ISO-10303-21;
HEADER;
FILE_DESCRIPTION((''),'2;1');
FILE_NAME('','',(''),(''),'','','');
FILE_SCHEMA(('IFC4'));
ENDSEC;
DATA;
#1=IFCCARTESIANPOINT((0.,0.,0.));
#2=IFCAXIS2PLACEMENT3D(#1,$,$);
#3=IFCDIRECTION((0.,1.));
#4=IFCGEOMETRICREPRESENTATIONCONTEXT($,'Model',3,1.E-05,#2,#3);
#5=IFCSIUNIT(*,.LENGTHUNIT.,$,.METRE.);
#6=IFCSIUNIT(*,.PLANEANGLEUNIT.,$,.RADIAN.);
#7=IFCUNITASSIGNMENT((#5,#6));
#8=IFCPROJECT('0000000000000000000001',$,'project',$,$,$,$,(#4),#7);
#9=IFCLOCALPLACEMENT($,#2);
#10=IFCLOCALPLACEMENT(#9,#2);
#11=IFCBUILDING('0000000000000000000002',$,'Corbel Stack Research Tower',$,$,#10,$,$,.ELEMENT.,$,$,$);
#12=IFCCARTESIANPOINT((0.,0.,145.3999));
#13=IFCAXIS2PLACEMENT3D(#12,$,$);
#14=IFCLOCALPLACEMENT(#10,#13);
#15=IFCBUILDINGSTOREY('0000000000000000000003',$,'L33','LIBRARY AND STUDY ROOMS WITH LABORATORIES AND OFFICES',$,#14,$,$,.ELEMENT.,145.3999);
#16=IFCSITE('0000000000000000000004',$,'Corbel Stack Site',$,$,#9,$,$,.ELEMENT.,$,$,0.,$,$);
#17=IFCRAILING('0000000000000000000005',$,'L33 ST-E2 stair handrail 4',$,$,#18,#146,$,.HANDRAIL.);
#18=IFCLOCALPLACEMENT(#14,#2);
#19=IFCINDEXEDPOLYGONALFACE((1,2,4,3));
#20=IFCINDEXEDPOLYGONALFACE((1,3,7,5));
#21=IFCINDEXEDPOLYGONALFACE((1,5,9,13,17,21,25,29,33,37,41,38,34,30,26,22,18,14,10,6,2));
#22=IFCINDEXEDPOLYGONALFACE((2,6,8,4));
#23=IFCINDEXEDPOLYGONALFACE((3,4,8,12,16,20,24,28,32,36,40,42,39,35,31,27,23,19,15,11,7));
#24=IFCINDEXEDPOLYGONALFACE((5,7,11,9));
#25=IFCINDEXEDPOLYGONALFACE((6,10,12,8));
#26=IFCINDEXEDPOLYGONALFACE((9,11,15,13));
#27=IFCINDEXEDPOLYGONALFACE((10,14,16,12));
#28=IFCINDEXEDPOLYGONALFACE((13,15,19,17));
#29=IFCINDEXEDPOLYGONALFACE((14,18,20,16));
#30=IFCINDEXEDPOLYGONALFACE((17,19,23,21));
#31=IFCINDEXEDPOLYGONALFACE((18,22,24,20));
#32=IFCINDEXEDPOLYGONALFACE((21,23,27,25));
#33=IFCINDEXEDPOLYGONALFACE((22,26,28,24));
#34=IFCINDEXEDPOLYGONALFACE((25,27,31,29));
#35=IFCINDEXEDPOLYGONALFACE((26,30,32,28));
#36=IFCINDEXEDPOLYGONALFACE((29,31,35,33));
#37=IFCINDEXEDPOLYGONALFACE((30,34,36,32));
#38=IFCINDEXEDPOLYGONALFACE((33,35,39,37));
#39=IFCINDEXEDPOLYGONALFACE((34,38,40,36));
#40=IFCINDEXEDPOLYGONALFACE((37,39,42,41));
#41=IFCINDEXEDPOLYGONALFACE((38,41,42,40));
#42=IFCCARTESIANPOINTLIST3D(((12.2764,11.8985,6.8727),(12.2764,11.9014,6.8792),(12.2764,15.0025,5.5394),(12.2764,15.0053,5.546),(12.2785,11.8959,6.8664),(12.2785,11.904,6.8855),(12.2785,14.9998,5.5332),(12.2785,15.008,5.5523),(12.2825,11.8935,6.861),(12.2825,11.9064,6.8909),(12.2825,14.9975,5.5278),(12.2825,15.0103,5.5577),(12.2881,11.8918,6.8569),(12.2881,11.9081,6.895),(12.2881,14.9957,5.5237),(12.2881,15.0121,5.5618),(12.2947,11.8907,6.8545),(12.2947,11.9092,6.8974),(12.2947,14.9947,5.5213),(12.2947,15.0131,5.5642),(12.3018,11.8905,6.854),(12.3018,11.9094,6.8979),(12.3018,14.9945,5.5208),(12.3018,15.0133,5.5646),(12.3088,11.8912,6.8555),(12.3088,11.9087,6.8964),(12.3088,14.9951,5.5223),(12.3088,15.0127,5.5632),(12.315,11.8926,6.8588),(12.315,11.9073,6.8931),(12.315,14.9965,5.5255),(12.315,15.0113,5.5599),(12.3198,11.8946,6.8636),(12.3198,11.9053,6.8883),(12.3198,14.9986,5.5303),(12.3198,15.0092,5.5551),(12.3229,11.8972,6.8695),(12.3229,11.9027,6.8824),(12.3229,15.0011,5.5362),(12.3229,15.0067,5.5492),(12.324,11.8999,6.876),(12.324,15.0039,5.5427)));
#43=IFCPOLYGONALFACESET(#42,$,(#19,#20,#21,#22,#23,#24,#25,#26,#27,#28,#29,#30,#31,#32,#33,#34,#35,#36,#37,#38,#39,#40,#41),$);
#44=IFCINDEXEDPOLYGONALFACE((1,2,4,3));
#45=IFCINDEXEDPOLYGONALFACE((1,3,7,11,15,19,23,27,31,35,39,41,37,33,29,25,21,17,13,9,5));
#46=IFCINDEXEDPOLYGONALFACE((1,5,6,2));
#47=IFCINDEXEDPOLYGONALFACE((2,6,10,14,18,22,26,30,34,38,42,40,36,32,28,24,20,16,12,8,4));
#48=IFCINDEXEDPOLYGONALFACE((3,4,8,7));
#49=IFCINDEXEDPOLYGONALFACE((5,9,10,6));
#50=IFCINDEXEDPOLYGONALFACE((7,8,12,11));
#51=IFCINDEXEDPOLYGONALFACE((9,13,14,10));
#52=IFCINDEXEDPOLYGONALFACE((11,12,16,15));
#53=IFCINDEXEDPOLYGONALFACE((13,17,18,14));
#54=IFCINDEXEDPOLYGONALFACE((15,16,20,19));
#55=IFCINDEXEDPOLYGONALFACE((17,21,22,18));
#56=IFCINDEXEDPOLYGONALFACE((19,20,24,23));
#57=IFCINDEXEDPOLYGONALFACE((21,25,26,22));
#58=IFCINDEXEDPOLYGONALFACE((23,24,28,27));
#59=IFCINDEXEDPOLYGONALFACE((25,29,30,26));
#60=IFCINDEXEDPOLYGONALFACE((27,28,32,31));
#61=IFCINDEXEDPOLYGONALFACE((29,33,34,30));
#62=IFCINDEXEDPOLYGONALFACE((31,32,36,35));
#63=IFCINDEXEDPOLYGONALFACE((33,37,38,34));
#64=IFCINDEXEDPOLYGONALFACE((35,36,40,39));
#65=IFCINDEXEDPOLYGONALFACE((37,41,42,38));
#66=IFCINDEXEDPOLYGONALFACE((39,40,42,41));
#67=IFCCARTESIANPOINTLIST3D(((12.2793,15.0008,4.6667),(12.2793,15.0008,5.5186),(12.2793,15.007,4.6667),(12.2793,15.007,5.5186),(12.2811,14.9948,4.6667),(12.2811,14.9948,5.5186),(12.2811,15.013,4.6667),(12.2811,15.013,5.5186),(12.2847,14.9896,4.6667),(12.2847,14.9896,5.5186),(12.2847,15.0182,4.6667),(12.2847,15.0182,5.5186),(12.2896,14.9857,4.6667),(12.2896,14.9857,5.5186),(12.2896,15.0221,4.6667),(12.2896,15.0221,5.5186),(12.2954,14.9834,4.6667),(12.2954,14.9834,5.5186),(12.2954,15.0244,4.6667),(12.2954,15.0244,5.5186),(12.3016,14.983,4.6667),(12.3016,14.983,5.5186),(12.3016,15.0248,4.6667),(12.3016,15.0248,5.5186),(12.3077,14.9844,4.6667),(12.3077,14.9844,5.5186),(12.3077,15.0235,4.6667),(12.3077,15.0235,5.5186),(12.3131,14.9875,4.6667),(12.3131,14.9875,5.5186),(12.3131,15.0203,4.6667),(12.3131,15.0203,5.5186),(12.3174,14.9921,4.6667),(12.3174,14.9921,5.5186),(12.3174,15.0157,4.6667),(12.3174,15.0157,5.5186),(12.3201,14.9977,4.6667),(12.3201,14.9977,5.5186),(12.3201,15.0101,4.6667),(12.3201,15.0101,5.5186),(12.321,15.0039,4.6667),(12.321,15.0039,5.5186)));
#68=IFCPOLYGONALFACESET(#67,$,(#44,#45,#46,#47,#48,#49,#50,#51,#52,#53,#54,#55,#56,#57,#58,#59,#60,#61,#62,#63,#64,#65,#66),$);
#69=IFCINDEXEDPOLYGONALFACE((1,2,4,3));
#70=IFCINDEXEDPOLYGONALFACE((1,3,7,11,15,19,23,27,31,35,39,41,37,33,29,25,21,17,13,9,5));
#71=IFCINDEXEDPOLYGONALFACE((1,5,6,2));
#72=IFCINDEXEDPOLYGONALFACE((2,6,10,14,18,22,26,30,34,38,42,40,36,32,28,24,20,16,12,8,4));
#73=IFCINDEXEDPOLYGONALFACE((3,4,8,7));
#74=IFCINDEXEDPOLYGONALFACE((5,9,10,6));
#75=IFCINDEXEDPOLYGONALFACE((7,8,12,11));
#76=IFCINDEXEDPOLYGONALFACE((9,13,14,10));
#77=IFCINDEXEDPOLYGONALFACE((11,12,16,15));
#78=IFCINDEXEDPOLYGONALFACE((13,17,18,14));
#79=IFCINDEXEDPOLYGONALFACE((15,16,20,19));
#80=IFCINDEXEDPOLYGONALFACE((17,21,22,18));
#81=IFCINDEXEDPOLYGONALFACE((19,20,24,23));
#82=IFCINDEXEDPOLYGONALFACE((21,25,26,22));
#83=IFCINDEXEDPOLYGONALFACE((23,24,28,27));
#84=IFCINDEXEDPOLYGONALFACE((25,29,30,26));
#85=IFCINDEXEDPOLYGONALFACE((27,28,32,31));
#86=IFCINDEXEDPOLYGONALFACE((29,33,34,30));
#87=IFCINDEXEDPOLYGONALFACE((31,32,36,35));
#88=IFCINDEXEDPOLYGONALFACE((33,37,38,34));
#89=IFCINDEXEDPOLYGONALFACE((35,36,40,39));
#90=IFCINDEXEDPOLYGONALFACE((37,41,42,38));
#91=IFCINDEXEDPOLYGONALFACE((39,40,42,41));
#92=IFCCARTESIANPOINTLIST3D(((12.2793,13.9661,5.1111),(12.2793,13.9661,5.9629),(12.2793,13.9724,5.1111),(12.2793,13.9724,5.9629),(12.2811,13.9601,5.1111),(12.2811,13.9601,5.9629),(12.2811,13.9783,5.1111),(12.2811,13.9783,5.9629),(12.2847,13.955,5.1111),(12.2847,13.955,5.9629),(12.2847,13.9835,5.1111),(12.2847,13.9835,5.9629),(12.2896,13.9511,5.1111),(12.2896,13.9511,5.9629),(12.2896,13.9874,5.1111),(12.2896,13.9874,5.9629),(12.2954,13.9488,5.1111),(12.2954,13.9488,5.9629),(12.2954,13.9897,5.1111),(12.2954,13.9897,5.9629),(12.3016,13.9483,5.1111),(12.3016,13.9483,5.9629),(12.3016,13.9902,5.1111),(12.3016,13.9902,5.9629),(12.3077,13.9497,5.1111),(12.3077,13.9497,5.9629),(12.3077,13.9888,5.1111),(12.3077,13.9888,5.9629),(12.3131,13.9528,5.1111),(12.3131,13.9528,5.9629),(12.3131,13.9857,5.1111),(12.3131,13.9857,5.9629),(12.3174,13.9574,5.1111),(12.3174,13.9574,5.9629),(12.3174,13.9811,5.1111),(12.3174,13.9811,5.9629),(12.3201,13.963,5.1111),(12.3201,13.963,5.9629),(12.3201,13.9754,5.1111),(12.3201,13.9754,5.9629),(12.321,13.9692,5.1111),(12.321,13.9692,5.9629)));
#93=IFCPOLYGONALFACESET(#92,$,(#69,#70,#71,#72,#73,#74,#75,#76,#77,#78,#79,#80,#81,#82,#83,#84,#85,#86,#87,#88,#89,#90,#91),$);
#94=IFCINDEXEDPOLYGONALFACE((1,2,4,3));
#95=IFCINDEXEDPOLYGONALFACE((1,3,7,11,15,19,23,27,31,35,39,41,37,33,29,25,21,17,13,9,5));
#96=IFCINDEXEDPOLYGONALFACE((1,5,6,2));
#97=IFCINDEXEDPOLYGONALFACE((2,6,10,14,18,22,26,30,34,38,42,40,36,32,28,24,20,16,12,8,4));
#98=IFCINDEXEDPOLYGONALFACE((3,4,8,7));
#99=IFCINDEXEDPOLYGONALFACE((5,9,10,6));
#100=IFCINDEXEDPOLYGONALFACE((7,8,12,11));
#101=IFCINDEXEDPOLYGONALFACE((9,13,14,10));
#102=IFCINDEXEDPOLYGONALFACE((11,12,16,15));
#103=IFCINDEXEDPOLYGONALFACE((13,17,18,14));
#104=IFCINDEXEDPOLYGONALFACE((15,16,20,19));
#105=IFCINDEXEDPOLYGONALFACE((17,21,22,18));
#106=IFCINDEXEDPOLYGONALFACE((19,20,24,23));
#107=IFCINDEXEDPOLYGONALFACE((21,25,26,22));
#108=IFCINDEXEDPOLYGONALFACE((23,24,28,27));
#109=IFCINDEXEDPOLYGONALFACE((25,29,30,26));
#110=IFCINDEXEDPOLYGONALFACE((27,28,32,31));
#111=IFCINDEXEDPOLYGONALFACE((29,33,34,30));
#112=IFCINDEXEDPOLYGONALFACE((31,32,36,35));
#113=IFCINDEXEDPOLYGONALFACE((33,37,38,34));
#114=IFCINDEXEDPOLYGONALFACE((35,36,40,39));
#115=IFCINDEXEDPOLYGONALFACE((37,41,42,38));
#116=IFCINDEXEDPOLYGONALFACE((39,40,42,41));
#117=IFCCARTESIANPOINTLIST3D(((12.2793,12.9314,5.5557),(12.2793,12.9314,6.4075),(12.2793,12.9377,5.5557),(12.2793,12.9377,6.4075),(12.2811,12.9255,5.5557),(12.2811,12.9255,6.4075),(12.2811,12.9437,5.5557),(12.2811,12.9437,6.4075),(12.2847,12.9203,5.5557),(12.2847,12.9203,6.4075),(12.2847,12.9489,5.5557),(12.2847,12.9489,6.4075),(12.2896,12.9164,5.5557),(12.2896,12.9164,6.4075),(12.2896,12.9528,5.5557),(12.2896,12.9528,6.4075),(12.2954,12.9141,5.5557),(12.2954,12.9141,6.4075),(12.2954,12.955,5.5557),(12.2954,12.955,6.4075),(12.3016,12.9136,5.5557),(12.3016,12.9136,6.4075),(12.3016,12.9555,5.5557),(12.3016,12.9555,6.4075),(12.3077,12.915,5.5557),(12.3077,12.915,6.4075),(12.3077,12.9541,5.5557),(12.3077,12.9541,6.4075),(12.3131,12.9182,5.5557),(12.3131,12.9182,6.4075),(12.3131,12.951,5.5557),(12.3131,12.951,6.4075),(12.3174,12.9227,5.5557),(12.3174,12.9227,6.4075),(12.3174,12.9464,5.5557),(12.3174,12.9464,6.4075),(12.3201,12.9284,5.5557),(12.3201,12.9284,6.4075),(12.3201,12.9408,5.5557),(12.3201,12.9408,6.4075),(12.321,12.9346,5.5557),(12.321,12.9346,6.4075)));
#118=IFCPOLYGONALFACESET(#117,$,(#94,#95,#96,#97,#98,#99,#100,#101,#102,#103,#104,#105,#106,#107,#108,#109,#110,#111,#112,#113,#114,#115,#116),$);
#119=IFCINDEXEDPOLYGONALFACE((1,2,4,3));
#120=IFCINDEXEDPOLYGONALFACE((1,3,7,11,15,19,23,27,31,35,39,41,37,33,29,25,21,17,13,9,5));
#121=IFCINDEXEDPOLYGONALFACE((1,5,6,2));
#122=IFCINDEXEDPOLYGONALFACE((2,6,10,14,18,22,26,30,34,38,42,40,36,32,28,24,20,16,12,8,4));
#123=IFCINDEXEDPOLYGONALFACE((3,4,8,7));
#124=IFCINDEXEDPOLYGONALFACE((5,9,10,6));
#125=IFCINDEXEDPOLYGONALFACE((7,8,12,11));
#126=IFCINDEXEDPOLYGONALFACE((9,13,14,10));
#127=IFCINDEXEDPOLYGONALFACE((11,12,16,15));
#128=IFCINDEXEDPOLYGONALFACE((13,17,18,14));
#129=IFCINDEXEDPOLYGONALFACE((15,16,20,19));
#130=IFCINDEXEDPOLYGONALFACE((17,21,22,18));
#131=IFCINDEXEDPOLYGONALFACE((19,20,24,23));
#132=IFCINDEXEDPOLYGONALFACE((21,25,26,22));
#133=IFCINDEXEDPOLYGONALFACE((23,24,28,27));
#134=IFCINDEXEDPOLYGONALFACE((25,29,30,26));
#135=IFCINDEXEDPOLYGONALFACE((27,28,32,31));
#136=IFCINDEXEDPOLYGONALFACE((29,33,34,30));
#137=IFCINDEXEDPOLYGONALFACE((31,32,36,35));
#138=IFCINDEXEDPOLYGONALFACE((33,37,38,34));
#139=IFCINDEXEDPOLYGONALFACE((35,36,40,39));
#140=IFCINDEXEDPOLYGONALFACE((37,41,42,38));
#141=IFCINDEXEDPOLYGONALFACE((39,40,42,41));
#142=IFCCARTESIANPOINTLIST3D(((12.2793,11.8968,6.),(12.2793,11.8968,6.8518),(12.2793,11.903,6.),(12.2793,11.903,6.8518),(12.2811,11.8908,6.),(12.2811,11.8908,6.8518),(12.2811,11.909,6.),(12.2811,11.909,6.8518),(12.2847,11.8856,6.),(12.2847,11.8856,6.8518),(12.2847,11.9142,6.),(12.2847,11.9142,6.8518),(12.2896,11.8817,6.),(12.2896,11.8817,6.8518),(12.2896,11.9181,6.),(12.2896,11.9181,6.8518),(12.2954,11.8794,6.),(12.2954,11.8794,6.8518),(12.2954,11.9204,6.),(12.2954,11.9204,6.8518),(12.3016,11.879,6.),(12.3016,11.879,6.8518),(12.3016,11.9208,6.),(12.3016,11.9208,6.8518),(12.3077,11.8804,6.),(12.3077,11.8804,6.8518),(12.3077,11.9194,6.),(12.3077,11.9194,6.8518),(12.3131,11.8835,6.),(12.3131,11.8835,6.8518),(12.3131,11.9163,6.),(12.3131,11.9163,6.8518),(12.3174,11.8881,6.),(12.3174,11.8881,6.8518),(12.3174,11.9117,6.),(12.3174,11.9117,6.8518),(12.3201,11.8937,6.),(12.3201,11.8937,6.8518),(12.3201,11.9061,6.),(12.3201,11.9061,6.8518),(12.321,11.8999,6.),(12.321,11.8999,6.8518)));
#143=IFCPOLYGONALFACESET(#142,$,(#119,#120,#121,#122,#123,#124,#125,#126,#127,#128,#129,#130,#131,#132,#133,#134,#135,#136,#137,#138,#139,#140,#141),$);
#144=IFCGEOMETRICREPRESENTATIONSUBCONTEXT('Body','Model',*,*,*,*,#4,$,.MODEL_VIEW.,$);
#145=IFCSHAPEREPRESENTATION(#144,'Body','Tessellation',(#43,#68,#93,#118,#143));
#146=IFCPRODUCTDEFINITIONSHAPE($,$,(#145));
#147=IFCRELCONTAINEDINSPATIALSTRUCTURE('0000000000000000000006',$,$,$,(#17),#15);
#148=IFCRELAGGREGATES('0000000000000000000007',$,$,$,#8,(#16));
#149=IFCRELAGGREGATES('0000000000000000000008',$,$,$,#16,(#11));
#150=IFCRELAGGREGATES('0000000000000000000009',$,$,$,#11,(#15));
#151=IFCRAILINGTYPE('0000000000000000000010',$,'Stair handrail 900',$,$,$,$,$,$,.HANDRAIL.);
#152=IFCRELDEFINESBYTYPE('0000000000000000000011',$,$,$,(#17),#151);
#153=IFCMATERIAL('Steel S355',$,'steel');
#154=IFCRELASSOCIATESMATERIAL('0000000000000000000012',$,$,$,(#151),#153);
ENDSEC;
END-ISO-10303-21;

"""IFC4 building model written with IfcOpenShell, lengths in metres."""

from ifc_helpers import new_model, si_unit, direction, frame, origin, origin_2d, place, context, subcontext, project, spatial, circle, extrude, material, type_object, element, save


model = new_model("IFC4")

# Units and contexts
model_context = context("Model", 3, precision=1e-05, world=origin(), true_north=direction((0.0, 1.0)))
body_context = subcontext(model_context, "Body", "Model", "MODEL_VIEW")
ifc_project = project(units=[si_unit("LENGTHUNIT", "METRE"), si_unit("PLANEANGLEUNIT", "RADIAN")], contexts=[model_context])

# Site, building, storey
site_placement = place(None, origin())
site = spatial("IfcSite", under=ifc_project, at=site_placement, Name="Corbel Stack Site", CompositionType="ELEMENT", RefElevation=0.0)
building_placement = place(site_placement, origin())
building = spatial("IfcBuilding", under=site, at=building_placement, Name="Corbel Stack Research Tower", CompositionType="ELEMENT")
storey_placement = place(building_placement, frame((0.0, 0.0, 145.3999)))
storey = spatial("IfcBuildingStorey", under=building, at=storey_placement, Name="L33", Description="LIBRARY AND STUDY ROOMS WITH LABORATORIES AND OFFICES", CompositionType="ELEMENT", Elevation=145.3999)

# Railing
ifc_material_1 = material(Name="Steel S355", Category="steel")
railing_type = type_object("IfcRailingType", Name="Stair handrail 900", PredefinedType="HANDRAIL", material=ifc_material_1)
for number, where, name in (
    (1, (12.3, 15.0039, 4.6667), "L33 ST-E2 stair handrail 4"),
):
    element("IfcRailing", number, at=place(storey_placement, frame(where)), inside=storey, type_object=railing_type, Name=name, PredefinedType="HANDRAIL", context=body_context, shape_type="SweptSolid", body=[
        extrude(circle(Radius=0.0239, at=origin_2d()), frame((0.0, 0.0, 0.876), z_axis=(0.0, -0.918827, 0.394661), x_axis=(1.0, 0.0, 0.0)), (0.0, 0.0, 1.0), 3.3782),
        extrude(circle(Radius=0.021, at=origin_2d()), origin(), (0.0, 0.0, 1.0), 0.8518),
        extrude(circle(Radius=0.021, at=origin_2d()), frame((0.0, -1.0347, 0.4443)), (0.0, 0.0, 1.0), 0.8518),
        extrude(circle(Radius=0.021, at=origin_2d()), frame((0.0, -2.0693, 0.8889)), (0.0, 0.0, 1.0), 0.8518),
        extrude(circle(Radius=0.021, at=origin_2d()), frame((0.0, -3.104, 1.3333)), (0.0, 0.0, 1.0), 0.8518),
    ])

save(model, "model.ifc")
